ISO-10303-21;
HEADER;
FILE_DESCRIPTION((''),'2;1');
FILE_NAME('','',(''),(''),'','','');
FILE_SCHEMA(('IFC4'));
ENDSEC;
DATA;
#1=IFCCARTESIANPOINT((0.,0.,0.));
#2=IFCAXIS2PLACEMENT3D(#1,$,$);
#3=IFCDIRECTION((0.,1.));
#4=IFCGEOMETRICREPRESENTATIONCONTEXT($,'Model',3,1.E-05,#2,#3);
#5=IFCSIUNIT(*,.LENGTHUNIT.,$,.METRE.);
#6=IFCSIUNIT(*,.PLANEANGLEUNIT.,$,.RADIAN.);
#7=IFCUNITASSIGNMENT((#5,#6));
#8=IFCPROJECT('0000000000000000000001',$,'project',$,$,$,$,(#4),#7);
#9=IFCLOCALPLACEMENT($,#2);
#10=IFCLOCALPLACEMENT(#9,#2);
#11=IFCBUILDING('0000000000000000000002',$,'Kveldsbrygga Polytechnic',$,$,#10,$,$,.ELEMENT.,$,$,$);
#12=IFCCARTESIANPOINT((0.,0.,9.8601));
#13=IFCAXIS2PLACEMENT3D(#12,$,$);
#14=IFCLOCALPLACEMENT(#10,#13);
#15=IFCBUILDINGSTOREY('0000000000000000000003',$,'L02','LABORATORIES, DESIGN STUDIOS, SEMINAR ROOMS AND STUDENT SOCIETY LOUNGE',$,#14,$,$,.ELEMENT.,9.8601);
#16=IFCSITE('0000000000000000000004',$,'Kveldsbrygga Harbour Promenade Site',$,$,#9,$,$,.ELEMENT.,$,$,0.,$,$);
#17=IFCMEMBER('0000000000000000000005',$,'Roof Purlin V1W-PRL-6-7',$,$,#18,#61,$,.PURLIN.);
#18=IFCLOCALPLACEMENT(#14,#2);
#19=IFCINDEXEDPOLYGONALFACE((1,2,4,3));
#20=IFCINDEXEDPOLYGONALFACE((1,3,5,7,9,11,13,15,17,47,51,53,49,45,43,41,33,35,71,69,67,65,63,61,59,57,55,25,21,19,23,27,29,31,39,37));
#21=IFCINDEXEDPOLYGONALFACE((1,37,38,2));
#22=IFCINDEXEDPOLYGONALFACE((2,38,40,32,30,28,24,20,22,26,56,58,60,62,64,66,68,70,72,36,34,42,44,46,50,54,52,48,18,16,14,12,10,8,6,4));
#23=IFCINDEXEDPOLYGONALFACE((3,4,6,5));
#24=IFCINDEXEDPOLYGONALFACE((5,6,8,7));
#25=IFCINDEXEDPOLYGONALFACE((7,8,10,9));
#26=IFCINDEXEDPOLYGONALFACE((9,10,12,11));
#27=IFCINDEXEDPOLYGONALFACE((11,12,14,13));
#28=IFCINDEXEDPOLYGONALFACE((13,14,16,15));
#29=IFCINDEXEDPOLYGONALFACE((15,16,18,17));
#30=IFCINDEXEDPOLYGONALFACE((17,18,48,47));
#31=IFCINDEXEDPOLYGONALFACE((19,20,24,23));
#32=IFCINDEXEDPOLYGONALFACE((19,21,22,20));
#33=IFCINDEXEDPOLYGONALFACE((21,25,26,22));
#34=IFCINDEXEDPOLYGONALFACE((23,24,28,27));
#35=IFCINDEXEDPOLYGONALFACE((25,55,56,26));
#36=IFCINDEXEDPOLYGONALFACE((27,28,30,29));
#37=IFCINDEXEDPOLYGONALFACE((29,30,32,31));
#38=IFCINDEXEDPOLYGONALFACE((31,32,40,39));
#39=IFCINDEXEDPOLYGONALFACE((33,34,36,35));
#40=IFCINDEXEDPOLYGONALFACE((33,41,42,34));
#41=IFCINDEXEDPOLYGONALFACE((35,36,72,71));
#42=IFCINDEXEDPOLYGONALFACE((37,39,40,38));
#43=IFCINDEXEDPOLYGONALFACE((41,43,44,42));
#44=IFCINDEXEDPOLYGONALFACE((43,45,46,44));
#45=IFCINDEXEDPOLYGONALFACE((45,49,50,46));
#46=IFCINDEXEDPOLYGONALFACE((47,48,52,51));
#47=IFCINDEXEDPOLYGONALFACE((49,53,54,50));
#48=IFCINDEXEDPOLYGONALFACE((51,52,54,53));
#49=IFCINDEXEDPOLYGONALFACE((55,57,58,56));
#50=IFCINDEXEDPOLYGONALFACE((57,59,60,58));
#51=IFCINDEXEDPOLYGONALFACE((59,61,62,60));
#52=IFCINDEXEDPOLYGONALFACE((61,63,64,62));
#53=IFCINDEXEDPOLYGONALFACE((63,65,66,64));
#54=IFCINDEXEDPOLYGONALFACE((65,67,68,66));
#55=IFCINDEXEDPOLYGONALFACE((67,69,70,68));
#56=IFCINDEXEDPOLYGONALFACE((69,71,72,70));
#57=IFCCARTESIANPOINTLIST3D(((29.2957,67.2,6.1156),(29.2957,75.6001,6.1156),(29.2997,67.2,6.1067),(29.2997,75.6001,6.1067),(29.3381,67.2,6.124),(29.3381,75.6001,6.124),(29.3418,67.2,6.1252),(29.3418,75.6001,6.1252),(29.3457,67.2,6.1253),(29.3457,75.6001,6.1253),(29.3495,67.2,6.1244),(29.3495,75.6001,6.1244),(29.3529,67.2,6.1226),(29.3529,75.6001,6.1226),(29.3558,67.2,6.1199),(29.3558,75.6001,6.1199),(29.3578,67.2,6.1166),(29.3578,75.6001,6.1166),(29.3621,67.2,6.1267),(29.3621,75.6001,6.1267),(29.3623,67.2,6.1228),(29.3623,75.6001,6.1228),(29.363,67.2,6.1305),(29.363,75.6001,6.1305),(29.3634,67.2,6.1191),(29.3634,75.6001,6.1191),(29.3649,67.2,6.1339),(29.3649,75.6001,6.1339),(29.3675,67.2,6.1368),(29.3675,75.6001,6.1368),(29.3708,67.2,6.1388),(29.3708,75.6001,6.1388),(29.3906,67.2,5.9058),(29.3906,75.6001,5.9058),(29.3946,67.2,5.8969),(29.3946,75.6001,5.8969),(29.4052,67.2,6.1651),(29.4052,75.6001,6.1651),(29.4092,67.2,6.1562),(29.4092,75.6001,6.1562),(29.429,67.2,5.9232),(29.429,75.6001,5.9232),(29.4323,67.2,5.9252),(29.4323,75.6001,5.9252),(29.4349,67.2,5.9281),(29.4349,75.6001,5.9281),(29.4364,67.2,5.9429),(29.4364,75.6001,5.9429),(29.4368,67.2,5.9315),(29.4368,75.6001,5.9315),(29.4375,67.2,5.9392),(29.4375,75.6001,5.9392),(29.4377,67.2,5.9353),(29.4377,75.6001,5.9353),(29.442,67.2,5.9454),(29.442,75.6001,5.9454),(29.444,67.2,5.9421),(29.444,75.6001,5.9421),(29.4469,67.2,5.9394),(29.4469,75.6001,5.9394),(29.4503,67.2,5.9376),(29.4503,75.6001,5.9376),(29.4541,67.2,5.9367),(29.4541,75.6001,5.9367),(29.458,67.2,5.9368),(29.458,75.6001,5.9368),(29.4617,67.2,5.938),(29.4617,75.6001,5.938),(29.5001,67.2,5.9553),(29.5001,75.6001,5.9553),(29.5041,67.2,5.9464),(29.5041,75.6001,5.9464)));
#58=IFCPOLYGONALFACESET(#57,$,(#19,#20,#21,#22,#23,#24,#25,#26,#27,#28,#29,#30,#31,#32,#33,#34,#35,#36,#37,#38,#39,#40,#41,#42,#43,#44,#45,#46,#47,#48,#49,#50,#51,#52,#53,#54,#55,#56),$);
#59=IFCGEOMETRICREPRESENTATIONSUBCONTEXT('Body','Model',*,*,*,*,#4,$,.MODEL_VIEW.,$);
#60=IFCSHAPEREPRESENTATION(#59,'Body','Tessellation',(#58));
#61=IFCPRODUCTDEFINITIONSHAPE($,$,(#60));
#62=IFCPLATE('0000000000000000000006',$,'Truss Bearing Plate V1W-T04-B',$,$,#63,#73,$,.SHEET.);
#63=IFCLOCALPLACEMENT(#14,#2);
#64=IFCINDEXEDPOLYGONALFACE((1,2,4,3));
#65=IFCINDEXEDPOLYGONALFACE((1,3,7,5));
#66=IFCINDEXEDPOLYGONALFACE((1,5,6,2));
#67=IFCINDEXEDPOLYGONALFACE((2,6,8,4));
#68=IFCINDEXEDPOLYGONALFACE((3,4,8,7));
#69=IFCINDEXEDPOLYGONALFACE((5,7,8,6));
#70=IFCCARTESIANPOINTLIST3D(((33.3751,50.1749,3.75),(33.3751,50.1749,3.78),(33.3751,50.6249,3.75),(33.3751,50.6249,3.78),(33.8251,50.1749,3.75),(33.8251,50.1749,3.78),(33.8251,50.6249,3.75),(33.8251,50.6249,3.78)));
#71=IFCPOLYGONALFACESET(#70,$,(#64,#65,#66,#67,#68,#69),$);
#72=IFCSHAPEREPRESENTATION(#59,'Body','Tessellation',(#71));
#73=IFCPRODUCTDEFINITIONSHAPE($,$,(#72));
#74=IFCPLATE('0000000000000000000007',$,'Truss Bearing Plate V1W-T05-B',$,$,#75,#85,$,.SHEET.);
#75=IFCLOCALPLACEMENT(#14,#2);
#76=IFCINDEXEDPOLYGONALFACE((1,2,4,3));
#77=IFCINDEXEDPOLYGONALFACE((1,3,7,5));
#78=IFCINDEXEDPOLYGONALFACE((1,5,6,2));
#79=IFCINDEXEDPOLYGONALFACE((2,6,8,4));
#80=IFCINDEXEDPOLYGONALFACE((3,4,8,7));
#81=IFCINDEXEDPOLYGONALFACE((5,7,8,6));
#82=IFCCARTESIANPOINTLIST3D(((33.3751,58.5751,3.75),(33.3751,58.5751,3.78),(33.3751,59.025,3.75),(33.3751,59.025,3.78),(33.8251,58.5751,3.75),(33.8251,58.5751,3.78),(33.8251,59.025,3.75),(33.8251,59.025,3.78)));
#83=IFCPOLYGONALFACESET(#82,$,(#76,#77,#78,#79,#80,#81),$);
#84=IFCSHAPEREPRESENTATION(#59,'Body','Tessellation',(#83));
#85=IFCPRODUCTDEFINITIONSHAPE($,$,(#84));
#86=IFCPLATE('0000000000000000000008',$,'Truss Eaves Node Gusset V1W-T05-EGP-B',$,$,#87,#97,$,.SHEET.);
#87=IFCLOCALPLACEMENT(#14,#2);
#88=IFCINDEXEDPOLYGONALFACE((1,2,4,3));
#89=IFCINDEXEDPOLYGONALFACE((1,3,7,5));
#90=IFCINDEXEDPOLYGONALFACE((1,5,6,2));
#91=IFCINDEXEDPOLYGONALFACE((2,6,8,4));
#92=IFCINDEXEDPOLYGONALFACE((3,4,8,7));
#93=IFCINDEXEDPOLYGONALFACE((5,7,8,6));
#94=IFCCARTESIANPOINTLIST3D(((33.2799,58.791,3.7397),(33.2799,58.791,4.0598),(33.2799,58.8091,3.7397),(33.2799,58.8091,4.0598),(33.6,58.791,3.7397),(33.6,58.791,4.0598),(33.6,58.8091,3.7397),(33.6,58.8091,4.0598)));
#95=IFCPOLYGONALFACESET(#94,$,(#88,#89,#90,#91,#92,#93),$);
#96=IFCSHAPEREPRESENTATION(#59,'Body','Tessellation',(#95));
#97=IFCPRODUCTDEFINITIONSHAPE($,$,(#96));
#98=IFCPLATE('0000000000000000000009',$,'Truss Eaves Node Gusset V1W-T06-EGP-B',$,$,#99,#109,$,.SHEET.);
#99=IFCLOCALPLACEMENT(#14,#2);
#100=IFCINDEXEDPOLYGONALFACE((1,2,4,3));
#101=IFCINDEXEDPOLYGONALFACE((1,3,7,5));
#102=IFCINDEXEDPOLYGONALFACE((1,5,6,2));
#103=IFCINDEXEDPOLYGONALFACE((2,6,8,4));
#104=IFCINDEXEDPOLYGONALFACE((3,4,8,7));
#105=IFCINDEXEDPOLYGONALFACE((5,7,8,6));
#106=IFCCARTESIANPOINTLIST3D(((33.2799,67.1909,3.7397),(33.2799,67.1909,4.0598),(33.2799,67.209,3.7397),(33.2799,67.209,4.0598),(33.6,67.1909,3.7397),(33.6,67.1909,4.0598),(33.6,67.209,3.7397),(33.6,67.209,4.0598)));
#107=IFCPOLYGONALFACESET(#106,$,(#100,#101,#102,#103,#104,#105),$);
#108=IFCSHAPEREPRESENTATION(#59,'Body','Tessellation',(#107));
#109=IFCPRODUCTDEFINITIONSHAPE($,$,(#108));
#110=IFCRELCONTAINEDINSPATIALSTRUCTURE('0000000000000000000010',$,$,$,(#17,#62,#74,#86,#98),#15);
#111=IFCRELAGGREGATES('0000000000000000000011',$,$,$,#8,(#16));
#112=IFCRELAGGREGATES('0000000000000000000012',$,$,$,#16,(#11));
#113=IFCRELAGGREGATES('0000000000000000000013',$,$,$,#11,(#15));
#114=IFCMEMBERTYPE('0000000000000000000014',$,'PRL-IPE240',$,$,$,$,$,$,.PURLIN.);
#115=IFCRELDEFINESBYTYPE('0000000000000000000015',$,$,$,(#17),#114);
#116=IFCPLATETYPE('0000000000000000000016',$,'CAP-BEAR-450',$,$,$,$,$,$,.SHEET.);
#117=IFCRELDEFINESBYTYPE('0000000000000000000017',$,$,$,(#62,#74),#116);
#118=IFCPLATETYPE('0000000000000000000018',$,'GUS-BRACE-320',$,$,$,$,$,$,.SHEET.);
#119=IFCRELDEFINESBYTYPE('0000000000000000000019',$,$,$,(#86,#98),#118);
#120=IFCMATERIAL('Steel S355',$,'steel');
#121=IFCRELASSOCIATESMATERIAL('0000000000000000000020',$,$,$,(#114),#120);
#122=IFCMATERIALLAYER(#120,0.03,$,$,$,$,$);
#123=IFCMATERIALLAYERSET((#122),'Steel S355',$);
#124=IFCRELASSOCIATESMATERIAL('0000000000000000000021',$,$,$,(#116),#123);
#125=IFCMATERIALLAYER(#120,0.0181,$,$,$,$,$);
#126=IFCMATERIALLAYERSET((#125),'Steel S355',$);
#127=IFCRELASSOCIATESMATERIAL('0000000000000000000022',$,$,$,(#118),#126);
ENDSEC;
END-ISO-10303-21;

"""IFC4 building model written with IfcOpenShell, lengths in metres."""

from ifc_helpers import new_model, si_unit, direction, frame, origin, origin_2d, place, context, subcontext, project, spatial, rectangle, i_section, extrude, material, layer, layer_set, material_profile, profile_set, type_object, element, save


model = new_model("IFC4")

# Units and contexts
model_context = context("Model", 3, precision=1e-05, world=origin(), true_north=direction((0.0, 1.0)))
body_context = subcontext(model_context, "Body", "Model", "MODEL_VIEW")
ifc_project = project(units=[si_unit("LENGTHUNIT", "METRE"), si_unit("PLANEANGLEUNIT", "RADIAN")], contexts=[model_context])

# Site, building, storey
site_placement = place(None, origin())
site = spatial("IfcSite", under=ifc_project, at=site_placement, Name="Kveldsbrygga Harbour Promenade Site", CompositionType="ELEMENT", RefElevation=0.0)
building_placement = place(site_placement, origin())
building = spatial("IfcBuilding", under=site, at=building_placement, Name="Kveldsbrygga Polytechnic", CompositionType="ELEMENT")
storey_placement = place(building_placement, frame((0.0, 0.0, 9.8601)))
storey = spatial("IfcBuildingStorey", under=building, at=storey_placement, Name="L02", Description="LABORATORIES, DESIGN STUDIOS, SEMINAR ROOMS AND STUDENT SOCIETY LOUNGE", CompositionType="ELEMENT", Elevation=9.8601)

# Shared definitions
ifc_material_1 = material(Name="Steel S355", Category="steel")

# Member
ifc_material_profile_1 = material_profile(ifc_material_1, i_section(OverallWidth=0.1201, OverallDepth=0.24, WebThickness=0.0061, FlangeThickness=0.0098, FilletRadius=0.0149, at=origin_2d()), Name="IPE 240")
ifc_profile_set_1 = profile_set([ifc_material_profile_1], Name="Steel S355")
member_type = type_object("IfcMemberType", Name="PRL-IPE240", PredefinedType="PURLIN", material=ifc_profile_set_1)
member_placement = place(storey_placement, frame((29.3999, 67.2, 6.031), z_axis=(0.0, 1.0, 0.0), x_axis=(-0.911108, 0.0, -0.412168)))
element("IfcMember", 1, at=member_placement, inside=storey, type_object=member_type, Name="Roof Purlin V1W-PRL-6-7", PredefinedType="PURLIN", context=body_context, shape_type="SweptSolid", body=[
    extrude(i_section(OverallWidth=0.1201, OverallDepth=0.24, WebThickness=0.0061, FlangeThickness=0.0098, FilletRadius=0.0149, at=origin_2d()), origin(), (0.0, 0.0, 1.0), 8.4001),
])

# Plates
ifc_layer_1 = layer(ifc_material_1, 0.03)
ifc_layer_set_1 = layer_set([ifc_layer_1], Name="Steel S355")
plate_type_1 = type_object("IfcPlateType", Name="CAP-BEAR-450", PredefinedType="SHEET", material=ifc_layer_set_1)
for number, where, z_axis, x_axis, name in (
    (2, (33.6001, 50.3999, 3.75), (0.0, 0.0, 1.0), (1.0, 0.0, 0.0), "Truss Bearing Plate V1W-T04-B"),
    (3, (33.6001, 58.8, 3.75), (0.0, 0.0, 1.0), (1.0, 0.0, 0.0), "Truss Bearing Plate V1W-T05-B"),
):
    element("IfcPlate", number, at=place(storey_placement, frame(where, z_axis=z_axis, x_axis=x_axis)), inside=storey, type_object=plate_type_1, Name=name, PredefinedType="SHEET", context=body_context, shape_type="SweptSolid", body=[
        extrude(rectangle(XDim=0.45, YDim=0.45, at=origin_2d()), origin(), (0.0, 0.0, 1.0), 0.03),
    ])
ifc_layer_2 = layer(ifc_material_1, 0.0181)
ifc_layer_set_2 = layer_set([ifc_layer_2], Name="Steel S355")
plate_type_2 = type_object("IfcPlateType", Name="GUS-BRACE-320", PredefinedType="SHEET", material=ifc_layer_set_2)
for number, where, z_axis, x_axis, name in (
    (4, (33.4399, 58.8, 3.7397), (0.0, 0.0, 1.0), (1.0, 0.0, 0.0), "Truss Eaves Node Gusset V1W-T05-EGP-B"),
    (5, (33.4399, 67.2, 3.7397), (0.0, 0.0, 1.0), (1.0, 0.0, 0.0), "Truss Eaves Node Gusset V1W-T06-EGP-B"),
):
    element("IfcPlate", number, at=place(storey_placement, frame(where, z_axis=z_axis, x_axis=x_axis)), inside=storey, type_object=plate_type_2, Name=name, PredefinedType="SHEET", context=body_context, shape_type="SweptSolid", body=[
        extrude(rectangle(XDim=0.3201, YDim=0.0181, at=origin_2d()), origin(), (0.0, 0.0, 1.0), 0.3201),
    ])

save(model, "model.ifc")
